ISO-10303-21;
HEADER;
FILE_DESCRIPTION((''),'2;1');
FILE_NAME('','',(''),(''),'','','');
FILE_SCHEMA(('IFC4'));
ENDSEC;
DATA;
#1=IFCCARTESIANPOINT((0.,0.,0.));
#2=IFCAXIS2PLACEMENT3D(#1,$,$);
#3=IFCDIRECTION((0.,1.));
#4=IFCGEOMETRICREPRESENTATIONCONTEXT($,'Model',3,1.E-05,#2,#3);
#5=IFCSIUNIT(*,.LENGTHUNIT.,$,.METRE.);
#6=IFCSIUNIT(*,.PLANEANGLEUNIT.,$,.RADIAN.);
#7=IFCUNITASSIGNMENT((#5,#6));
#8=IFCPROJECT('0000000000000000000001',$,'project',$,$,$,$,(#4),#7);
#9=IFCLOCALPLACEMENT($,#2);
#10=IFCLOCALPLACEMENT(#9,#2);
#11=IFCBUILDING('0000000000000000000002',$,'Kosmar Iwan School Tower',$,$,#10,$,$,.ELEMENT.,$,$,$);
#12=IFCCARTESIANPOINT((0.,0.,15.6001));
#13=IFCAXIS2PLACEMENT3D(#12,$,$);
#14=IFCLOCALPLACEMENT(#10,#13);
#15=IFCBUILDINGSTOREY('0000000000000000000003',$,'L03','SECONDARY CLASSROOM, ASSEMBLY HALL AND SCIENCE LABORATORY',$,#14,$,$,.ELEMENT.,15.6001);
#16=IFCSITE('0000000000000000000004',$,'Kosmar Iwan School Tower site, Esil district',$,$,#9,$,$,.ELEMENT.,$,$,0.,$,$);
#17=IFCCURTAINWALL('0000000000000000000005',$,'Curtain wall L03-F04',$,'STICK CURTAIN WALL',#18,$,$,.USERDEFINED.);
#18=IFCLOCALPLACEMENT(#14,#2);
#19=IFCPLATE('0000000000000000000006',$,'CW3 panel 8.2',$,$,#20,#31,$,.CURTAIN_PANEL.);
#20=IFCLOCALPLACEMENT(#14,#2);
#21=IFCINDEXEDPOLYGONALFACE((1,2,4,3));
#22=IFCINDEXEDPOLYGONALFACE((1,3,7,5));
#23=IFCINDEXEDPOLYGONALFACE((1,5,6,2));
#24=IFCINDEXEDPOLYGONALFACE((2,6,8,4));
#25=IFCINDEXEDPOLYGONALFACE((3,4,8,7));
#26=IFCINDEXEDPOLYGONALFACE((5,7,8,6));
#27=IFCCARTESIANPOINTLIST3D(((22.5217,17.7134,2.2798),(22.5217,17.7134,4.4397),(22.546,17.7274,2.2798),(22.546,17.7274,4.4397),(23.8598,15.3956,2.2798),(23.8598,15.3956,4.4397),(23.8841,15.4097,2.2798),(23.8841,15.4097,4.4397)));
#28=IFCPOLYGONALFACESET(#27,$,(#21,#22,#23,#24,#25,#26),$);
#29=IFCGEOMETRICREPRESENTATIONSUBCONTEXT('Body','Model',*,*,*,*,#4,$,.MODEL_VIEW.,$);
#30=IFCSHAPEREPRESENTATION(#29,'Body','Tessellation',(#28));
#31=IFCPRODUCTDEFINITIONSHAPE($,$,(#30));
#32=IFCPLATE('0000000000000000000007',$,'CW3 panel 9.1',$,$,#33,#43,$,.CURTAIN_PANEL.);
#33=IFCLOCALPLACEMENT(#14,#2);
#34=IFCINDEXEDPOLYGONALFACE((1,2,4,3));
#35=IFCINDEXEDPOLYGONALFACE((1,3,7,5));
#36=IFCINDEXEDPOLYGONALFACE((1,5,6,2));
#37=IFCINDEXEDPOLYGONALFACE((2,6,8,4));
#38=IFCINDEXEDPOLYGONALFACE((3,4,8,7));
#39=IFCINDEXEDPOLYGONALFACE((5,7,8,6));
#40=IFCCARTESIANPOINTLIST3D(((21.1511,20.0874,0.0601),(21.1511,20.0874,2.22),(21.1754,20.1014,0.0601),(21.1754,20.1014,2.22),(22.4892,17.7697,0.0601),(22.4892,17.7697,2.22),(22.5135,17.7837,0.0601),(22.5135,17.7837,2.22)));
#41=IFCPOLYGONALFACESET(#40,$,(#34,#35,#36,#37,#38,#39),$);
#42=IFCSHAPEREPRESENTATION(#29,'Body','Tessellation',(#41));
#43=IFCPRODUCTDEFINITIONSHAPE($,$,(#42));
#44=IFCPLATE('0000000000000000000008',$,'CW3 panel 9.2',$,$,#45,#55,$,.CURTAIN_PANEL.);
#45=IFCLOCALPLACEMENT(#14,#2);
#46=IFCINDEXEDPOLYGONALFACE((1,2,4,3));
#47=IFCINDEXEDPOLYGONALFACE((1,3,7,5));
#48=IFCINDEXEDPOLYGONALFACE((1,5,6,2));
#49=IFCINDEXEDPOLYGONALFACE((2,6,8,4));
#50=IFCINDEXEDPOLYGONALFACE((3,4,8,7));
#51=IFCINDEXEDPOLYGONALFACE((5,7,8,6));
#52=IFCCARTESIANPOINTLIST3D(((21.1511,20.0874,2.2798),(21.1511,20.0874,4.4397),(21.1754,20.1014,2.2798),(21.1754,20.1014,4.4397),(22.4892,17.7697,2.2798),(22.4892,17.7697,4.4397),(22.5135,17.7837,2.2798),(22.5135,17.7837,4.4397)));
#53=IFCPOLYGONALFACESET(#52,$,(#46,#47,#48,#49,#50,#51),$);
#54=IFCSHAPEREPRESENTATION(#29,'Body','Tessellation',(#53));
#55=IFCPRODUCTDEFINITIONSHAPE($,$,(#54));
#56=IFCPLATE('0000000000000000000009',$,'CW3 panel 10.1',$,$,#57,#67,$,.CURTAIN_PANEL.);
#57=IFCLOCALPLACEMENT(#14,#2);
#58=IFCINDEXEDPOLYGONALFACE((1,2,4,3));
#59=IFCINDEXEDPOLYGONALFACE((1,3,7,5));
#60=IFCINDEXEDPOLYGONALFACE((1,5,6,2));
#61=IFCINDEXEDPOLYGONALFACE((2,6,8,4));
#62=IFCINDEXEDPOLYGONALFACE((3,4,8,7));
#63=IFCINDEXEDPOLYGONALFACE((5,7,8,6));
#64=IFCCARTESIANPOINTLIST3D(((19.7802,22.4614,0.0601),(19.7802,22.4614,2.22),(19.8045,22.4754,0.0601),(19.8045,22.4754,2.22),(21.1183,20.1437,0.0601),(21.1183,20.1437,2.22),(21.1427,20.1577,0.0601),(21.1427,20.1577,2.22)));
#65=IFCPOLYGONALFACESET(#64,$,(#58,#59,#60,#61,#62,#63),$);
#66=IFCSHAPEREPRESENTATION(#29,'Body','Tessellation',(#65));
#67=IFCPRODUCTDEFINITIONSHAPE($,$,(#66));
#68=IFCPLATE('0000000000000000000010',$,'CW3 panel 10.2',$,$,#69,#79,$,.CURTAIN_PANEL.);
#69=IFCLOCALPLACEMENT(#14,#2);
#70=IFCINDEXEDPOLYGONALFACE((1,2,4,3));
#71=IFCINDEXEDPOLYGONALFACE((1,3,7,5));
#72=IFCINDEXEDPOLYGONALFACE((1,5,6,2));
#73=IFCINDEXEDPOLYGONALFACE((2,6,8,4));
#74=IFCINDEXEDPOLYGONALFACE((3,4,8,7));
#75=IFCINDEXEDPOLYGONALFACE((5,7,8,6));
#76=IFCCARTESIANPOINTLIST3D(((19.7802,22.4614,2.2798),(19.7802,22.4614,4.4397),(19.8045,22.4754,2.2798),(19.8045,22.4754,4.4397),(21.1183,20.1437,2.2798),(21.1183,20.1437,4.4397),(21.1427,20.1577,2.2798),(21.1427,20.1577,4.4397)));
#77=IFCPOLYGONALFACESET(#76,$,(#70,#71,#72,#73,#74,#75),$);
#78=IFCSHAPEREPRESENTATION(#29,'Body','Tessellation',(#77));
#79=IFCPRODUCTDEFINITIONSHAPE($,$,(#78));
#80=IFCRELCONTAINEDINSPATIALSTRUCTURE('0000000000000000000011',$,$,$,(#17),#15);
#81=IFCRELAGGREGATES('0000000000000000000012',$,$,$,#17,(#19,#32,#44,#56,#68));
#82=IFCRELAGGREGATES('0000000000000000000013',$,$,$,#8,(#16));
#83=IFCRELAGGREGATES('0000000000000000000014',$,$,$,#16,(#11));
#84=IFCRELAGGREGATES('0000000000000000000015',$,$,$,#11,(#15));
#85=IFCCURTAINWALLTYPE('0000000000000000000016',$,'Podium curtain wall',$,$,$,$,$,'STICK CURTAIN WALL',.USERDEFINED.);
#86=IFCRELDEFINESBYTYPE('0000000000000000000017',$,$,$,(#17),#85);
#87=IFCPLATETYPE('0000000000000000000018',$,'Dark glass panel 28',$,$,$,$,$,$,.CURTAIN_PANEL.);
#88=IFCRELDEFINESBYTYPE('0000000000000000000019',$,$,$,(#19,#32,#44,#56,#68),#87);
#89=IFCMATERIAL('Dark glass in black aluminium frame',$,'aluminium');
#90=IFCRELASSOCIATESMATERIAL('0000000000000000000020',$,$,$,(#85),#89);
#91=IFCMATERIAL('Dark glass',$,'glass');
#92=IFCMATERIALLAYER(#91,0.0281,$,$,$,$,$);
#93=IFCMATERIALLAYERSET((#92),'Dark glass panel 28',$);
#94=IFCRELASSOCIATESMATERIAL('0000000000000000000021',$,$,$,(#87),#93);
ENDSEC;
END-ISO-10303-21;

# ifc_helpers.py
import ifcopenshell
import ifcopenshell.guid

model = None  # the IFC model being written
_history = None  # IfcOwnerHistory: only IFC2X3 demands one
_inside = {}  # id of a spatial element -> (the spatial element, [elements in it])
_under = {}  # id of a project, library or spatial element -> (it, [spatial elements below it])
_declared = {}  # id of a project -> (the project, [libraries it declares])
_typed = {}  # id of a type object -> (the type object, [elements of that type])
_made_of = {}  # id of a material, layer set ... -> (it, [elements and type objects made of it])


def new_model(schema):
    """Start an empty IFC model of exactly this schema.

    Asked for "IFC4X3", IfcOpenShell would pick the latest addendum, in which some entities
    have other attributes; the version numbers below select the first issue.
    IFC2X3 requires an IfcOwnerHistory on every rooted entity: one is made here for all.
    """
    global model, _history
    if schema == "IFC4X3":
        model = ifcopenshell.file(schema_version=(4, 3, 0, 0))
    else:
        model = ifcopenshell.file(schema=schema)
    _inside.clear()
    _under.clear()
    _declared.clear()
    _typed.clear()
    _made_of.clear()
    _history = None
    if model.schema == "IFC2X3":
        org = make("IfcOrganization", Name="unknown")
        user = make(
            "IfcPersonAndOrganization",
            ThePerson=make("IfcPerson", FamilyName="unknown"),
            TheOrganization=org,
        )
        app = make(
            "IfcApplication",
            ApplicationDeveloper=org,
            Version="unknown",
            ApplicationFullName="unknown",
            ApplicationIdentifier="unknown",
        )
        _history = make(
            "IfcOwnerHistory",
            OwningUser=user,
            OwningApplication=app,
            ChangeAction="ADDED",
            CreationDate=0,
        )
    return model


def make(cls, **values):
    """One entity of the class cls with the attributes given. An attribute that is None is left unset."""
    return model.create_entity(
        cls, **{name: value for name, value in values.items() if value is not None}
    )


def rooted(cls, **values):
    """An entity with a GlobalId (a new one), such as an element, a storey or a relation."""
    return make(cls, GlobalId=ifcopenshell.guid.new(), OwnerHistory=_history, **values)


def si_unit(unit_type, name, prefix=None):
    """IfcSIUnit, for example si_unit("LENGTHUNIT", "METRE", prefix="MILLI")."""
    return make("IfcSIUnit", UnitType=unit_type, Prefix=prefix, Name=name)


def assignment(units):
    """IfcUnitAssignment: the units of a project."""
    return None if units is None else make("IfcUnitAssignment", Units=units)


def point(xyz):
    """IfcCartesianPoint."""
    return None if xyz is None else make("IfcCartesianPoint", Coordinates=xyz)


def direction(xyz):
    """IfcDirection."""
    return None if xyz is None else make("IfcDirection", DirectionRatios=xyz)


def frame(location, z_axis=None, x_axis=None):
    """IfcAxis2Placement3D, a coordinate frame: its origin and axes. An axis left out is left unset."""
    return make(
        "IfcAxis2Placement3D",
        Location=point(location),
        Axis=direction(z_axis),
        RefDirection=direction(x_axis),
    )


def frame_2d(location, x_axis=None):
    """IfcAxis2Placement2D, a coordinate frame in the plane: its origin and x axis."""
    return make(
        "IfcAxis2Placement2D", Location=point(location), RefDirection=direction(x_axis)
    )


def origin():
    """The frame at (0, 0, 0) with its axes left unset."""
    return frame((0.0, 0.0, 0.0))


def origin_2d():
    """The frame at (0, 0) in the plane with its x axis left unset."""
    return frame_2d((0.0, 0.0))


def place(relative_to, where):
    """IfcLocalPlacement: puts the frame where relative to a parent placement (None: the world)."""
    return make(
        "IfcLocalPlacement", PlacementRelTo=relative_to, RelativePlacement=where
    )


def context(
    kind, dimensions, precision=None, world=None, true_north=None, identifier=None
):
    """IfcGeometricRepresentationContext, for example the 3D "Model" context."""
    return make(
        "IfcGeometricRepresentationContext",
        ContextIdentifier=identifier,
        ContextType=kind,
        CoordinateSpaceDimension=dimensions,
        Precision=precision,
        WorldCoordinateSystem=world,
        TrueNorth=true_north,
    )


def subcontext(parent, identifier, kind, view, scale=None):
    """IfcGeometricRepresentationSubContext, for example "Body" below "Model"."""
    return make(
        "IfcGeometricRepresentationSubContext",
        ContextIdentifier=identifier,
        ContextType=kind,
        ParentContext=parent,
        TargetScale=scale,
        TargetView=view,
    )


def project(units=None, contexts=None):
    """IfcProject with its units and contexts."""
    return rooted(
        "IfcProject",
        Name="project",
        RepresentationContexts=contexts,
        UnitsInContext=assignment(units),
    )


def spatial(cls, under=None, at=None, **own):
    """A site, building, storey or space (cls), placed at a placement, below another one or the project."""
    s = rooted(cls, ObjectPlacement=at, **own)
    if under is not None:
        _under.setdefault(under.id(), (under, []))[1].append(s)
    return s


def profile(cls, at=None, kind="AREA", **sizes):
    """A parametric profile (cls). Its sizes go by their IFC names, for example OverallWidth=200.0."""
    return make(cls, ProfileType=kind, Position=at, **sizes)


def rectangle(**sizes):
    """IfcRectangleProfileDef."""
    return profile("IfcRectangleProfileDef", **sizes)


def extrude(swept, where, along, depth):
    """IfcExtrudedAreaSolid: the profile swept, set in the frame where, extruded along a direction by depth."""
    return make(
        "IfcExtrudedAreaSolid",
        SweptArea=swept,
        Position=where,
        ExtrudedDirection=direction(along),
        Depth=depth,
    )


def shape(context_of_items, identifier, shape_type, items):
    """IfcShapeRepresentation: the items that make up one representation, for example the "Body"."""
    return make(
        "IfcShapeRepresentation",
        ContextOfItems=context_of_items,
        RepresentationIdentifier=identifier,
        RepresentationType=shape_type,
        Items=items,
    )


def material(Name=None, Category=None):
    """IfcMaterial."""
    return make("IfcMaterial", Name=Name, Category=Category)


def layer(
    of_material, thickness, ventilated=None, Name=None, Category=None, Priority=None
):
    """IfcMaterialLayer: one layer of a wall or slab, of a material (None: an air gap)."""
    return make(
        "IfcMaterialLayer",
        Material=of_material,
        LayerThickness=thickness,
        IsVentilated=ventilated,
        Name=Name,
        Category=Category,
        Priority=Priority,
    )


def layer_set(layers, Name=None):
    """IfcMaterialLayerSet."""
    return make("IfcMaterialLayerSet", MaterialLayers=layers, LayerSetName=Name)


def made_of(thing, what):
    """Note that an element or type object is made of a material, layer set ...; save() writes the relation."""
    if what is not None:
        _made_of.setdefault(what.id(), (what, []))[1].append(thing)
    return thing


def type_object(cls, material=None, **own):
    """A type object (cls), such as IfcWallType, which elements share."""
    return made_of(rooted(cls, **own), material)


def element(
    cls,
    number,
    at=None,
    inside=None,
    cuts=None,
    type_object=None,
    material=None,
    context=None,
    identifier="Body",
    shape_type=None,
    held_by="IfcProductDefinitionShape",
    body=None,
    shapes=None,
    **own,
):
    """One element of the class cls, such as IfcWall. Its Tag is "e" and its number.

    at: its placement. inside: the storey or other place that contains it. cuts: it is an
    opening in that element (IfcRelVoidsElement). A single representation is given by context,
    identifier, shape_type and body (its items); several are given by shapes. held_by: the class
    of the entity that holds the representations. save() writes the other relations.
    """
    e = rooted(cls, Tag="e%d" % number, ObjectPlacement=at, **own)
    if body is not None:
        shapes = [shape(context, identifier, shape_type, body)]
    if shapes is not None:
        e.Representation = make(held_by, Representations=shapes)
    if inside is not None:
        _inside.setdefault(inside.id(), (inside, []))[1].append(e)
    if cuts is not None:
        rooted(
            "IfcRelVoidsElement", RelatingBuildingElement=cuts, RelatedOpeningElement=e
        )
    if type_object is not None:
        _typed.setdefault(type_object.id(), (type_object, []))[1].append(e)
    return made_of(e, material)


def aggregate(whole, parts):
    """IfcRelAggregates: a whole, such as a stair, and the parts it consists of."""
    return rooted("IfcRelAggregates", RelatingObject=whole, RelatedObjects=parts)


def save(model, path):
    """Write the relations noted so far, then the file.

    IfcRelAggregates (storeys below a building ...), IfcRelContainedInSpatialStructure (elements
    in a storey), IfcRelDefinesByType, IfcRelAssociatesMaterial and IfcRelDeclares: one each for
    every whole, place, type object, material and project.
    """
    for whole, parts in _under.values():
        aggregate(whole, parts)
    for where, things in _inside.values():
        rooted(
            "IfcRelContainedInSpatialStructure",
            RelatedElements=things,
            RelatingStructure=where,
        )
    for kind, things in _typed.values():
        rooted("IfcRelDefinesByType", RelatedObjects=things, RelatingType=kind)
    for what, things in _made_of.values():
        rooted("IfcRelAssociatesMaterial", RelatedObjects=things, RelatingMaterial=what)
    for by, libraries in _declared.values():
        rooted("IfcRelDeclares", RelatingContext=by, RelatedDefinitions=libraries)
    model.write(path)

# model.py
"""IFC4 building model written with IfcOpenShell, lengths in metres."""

from ifc_helpers import new_model, si_unit, direction, frame, origin, origin_2d, place, context, subcontext, project, spatial, rectangle, extrude, material, layer, layer_set, type_object, element, aggregate, save


model = new_model("IFC4")

# Units and contexts
model_context = context("Model", 3, precision=1e-05, world=origin(), true_north=direction((0.0, 1.0)))
body_context = subcontext(model_context, "Body", "Model", "MODEL_VIEW")
ifc_project = project(units=[si_unit("LENGTHUNIT", "METRE"), si_unit("PLANEANGLEUNIT", "RADIAN")], contexts=[model_context])

# Site, building, storey
site_placement = place(None, origin())
site = spatial("IfcSite", under=ifc_project, at=site_placement, Name="Kosmar Iwan School Tower site, Esil district", CompositionType="ELEMENT", RefElevation=0.0)
building_placement = place(site_placement, origin())
building = spatial("IfcBuilding", under=site, at=building_placement, Name="Kosmar Iwan School Tower", CompositionType="ELEMENT")
storey_placement = place(building_placement, frame((0.0, 0.0, 15.6001)))
storey = spatial("IfcBuildingStorey", under=building, at=storey_placement, Name="L03", Description="SECONDARY CLASSROOM, ASSEMBLY HALL AND SCIENCE LABORATORY", CompositionType="ELEMENT", Elevation=15.6001)

# Curtain wall, plates
ifc_material_1 = material(Name="Dark glass in black aluminium frame", Category="aluminium")
curtain_wall_type = type_object("IfcCurtainWallType", Name="Podium curtain wall", ElementType="STICK CURTAIN WALL", PredefinedType="USERDEFINED", material=ifc_material_1)
curtain_wall_placement = place(storey_placement, origin())
curtain_wall = element("IfcCurtainWall", 1, at=curtain_wall_placement, inside=storey, type_object=curtain_wall_type, Name="Curtain wall L03-F04", ObjectType="STICK CURTAIN WALL", PredefinedType="USERDEFINED")
ifc_material_2 = material(Name="Dark glass", Category="glass")
ifc_layer = layer(ifc_material_2, 0.0281)
ifc_layer_set = layer_set([ifc_layer], Name="Dark glass panel 28")
plate_type = type_object("IfcPlateType", Name="Dark glass panel 28", PredefinedType="CURTAIN_PANEL", material=ifc_layer_set)
plate_1_placement = place(storey_placement, frame((23.2029, 16.5615, 2.2798), z_axis=(0.0, 0.0, 1.0), x_axis=(-0.5, 0.866025, 0.0)))
plate_1 = element("IfcPlate", 2, at=plate_1_placement, type_object=plate_type, Name="CW3 panel 8.2", PredefinedType="CURTAIN_PANEL", context=body_context, shape_type="SweptSolid", body=[
    extrude(rectangle(XDim=2.6763, YDim=0.0281, at=origin_2d()), origin(), (0.0, 0.0, 1.0), 2.1599),
])
plate_2_placement = place(storey_placement, frame((21.8323, 18.9355, 0.0601), z_axis=(0.0, 0.0, 1.0), x_axis=(-0.5, 0.866025, 0.0)))
plate_2 = element("IfcPlate", 3, at=plate_2_placement, type_object=plate_type, Name="CW3 panel 9.1", PredefinedType="CURTAIN_PANEL", context=body_context, shape_type="SweptSolid", body=[
    extrude(rectangle(XDim=2.6763, YDim=0.0281, at=origin_2d()), origin(), (0.0, 0.0, 1.0), 2.1599),
])
plate_3_placement = place(storey_placement, frame((21.8323, 18.9355, 2.2798), z_axis=(0.0, 0.0, 1.0), x_axis=(-0.5, 0.866025, 0.0)))
plate_3 = element("IfcPlate", 4, at=plate_3_placement, type_object=plate_type, Name="CW3 panel 9.2", PredefinedType="CURTAIN_PANEL", context=body_context, shape_type="SweptSolid", body=[
    extrude(rectangle(XDim=2.6763, YDim=0.0281, at=origin_2d()), origin(), (0.0, 0.0, 1.0), 2.1599),
])
plate_4_placement = place(storey_placement, frame((20.4614, 21.3096, 0.0601), z_axis=(0.0, 0.0, 1.0), x_axis=(-0.5, 0.866025, 0.0)))
plate_4 = element("IfcPlate", 5, at=plate_4_placement, type_object=plate_type, Name="CW3 panel 10.1", PredefinedType="CURTAIN_PANEL", context=body_context, shape_type="SweptSolid", body=[
    extrude(rectangle(XDim=2.6763, YDim=0.0281, at=origin_2d()), origin(), (0.0, 0.0, 1.0), 2.1599),
])
plate_5_placement = place(storey_placement, frame((20.4614, 21.3096, 2.2798), z_axis=(0.0, 0.0, 1.0), x_axis=(-0.5, 0.866025, 0.0)))
plate_5 = element("IfcPlate", 6, at=plate_5_placement, type_object=plate_type, Name="CW3 panel 10.2", PredefinedType="CURTAIN_PANEL", context=body_context, shape_type="SweptSolid", body=[
    extrude(rectangle(XDim=2.6763, YDim=0.0281, at=origin_2d()), origin(), (0.0, 0.0, 1.0), 2.1599),
])
aggregate(curtain_wall, [plate_1, plate_2, plate_3, plate_4, plate_5])

save(model, "model.ifc")
